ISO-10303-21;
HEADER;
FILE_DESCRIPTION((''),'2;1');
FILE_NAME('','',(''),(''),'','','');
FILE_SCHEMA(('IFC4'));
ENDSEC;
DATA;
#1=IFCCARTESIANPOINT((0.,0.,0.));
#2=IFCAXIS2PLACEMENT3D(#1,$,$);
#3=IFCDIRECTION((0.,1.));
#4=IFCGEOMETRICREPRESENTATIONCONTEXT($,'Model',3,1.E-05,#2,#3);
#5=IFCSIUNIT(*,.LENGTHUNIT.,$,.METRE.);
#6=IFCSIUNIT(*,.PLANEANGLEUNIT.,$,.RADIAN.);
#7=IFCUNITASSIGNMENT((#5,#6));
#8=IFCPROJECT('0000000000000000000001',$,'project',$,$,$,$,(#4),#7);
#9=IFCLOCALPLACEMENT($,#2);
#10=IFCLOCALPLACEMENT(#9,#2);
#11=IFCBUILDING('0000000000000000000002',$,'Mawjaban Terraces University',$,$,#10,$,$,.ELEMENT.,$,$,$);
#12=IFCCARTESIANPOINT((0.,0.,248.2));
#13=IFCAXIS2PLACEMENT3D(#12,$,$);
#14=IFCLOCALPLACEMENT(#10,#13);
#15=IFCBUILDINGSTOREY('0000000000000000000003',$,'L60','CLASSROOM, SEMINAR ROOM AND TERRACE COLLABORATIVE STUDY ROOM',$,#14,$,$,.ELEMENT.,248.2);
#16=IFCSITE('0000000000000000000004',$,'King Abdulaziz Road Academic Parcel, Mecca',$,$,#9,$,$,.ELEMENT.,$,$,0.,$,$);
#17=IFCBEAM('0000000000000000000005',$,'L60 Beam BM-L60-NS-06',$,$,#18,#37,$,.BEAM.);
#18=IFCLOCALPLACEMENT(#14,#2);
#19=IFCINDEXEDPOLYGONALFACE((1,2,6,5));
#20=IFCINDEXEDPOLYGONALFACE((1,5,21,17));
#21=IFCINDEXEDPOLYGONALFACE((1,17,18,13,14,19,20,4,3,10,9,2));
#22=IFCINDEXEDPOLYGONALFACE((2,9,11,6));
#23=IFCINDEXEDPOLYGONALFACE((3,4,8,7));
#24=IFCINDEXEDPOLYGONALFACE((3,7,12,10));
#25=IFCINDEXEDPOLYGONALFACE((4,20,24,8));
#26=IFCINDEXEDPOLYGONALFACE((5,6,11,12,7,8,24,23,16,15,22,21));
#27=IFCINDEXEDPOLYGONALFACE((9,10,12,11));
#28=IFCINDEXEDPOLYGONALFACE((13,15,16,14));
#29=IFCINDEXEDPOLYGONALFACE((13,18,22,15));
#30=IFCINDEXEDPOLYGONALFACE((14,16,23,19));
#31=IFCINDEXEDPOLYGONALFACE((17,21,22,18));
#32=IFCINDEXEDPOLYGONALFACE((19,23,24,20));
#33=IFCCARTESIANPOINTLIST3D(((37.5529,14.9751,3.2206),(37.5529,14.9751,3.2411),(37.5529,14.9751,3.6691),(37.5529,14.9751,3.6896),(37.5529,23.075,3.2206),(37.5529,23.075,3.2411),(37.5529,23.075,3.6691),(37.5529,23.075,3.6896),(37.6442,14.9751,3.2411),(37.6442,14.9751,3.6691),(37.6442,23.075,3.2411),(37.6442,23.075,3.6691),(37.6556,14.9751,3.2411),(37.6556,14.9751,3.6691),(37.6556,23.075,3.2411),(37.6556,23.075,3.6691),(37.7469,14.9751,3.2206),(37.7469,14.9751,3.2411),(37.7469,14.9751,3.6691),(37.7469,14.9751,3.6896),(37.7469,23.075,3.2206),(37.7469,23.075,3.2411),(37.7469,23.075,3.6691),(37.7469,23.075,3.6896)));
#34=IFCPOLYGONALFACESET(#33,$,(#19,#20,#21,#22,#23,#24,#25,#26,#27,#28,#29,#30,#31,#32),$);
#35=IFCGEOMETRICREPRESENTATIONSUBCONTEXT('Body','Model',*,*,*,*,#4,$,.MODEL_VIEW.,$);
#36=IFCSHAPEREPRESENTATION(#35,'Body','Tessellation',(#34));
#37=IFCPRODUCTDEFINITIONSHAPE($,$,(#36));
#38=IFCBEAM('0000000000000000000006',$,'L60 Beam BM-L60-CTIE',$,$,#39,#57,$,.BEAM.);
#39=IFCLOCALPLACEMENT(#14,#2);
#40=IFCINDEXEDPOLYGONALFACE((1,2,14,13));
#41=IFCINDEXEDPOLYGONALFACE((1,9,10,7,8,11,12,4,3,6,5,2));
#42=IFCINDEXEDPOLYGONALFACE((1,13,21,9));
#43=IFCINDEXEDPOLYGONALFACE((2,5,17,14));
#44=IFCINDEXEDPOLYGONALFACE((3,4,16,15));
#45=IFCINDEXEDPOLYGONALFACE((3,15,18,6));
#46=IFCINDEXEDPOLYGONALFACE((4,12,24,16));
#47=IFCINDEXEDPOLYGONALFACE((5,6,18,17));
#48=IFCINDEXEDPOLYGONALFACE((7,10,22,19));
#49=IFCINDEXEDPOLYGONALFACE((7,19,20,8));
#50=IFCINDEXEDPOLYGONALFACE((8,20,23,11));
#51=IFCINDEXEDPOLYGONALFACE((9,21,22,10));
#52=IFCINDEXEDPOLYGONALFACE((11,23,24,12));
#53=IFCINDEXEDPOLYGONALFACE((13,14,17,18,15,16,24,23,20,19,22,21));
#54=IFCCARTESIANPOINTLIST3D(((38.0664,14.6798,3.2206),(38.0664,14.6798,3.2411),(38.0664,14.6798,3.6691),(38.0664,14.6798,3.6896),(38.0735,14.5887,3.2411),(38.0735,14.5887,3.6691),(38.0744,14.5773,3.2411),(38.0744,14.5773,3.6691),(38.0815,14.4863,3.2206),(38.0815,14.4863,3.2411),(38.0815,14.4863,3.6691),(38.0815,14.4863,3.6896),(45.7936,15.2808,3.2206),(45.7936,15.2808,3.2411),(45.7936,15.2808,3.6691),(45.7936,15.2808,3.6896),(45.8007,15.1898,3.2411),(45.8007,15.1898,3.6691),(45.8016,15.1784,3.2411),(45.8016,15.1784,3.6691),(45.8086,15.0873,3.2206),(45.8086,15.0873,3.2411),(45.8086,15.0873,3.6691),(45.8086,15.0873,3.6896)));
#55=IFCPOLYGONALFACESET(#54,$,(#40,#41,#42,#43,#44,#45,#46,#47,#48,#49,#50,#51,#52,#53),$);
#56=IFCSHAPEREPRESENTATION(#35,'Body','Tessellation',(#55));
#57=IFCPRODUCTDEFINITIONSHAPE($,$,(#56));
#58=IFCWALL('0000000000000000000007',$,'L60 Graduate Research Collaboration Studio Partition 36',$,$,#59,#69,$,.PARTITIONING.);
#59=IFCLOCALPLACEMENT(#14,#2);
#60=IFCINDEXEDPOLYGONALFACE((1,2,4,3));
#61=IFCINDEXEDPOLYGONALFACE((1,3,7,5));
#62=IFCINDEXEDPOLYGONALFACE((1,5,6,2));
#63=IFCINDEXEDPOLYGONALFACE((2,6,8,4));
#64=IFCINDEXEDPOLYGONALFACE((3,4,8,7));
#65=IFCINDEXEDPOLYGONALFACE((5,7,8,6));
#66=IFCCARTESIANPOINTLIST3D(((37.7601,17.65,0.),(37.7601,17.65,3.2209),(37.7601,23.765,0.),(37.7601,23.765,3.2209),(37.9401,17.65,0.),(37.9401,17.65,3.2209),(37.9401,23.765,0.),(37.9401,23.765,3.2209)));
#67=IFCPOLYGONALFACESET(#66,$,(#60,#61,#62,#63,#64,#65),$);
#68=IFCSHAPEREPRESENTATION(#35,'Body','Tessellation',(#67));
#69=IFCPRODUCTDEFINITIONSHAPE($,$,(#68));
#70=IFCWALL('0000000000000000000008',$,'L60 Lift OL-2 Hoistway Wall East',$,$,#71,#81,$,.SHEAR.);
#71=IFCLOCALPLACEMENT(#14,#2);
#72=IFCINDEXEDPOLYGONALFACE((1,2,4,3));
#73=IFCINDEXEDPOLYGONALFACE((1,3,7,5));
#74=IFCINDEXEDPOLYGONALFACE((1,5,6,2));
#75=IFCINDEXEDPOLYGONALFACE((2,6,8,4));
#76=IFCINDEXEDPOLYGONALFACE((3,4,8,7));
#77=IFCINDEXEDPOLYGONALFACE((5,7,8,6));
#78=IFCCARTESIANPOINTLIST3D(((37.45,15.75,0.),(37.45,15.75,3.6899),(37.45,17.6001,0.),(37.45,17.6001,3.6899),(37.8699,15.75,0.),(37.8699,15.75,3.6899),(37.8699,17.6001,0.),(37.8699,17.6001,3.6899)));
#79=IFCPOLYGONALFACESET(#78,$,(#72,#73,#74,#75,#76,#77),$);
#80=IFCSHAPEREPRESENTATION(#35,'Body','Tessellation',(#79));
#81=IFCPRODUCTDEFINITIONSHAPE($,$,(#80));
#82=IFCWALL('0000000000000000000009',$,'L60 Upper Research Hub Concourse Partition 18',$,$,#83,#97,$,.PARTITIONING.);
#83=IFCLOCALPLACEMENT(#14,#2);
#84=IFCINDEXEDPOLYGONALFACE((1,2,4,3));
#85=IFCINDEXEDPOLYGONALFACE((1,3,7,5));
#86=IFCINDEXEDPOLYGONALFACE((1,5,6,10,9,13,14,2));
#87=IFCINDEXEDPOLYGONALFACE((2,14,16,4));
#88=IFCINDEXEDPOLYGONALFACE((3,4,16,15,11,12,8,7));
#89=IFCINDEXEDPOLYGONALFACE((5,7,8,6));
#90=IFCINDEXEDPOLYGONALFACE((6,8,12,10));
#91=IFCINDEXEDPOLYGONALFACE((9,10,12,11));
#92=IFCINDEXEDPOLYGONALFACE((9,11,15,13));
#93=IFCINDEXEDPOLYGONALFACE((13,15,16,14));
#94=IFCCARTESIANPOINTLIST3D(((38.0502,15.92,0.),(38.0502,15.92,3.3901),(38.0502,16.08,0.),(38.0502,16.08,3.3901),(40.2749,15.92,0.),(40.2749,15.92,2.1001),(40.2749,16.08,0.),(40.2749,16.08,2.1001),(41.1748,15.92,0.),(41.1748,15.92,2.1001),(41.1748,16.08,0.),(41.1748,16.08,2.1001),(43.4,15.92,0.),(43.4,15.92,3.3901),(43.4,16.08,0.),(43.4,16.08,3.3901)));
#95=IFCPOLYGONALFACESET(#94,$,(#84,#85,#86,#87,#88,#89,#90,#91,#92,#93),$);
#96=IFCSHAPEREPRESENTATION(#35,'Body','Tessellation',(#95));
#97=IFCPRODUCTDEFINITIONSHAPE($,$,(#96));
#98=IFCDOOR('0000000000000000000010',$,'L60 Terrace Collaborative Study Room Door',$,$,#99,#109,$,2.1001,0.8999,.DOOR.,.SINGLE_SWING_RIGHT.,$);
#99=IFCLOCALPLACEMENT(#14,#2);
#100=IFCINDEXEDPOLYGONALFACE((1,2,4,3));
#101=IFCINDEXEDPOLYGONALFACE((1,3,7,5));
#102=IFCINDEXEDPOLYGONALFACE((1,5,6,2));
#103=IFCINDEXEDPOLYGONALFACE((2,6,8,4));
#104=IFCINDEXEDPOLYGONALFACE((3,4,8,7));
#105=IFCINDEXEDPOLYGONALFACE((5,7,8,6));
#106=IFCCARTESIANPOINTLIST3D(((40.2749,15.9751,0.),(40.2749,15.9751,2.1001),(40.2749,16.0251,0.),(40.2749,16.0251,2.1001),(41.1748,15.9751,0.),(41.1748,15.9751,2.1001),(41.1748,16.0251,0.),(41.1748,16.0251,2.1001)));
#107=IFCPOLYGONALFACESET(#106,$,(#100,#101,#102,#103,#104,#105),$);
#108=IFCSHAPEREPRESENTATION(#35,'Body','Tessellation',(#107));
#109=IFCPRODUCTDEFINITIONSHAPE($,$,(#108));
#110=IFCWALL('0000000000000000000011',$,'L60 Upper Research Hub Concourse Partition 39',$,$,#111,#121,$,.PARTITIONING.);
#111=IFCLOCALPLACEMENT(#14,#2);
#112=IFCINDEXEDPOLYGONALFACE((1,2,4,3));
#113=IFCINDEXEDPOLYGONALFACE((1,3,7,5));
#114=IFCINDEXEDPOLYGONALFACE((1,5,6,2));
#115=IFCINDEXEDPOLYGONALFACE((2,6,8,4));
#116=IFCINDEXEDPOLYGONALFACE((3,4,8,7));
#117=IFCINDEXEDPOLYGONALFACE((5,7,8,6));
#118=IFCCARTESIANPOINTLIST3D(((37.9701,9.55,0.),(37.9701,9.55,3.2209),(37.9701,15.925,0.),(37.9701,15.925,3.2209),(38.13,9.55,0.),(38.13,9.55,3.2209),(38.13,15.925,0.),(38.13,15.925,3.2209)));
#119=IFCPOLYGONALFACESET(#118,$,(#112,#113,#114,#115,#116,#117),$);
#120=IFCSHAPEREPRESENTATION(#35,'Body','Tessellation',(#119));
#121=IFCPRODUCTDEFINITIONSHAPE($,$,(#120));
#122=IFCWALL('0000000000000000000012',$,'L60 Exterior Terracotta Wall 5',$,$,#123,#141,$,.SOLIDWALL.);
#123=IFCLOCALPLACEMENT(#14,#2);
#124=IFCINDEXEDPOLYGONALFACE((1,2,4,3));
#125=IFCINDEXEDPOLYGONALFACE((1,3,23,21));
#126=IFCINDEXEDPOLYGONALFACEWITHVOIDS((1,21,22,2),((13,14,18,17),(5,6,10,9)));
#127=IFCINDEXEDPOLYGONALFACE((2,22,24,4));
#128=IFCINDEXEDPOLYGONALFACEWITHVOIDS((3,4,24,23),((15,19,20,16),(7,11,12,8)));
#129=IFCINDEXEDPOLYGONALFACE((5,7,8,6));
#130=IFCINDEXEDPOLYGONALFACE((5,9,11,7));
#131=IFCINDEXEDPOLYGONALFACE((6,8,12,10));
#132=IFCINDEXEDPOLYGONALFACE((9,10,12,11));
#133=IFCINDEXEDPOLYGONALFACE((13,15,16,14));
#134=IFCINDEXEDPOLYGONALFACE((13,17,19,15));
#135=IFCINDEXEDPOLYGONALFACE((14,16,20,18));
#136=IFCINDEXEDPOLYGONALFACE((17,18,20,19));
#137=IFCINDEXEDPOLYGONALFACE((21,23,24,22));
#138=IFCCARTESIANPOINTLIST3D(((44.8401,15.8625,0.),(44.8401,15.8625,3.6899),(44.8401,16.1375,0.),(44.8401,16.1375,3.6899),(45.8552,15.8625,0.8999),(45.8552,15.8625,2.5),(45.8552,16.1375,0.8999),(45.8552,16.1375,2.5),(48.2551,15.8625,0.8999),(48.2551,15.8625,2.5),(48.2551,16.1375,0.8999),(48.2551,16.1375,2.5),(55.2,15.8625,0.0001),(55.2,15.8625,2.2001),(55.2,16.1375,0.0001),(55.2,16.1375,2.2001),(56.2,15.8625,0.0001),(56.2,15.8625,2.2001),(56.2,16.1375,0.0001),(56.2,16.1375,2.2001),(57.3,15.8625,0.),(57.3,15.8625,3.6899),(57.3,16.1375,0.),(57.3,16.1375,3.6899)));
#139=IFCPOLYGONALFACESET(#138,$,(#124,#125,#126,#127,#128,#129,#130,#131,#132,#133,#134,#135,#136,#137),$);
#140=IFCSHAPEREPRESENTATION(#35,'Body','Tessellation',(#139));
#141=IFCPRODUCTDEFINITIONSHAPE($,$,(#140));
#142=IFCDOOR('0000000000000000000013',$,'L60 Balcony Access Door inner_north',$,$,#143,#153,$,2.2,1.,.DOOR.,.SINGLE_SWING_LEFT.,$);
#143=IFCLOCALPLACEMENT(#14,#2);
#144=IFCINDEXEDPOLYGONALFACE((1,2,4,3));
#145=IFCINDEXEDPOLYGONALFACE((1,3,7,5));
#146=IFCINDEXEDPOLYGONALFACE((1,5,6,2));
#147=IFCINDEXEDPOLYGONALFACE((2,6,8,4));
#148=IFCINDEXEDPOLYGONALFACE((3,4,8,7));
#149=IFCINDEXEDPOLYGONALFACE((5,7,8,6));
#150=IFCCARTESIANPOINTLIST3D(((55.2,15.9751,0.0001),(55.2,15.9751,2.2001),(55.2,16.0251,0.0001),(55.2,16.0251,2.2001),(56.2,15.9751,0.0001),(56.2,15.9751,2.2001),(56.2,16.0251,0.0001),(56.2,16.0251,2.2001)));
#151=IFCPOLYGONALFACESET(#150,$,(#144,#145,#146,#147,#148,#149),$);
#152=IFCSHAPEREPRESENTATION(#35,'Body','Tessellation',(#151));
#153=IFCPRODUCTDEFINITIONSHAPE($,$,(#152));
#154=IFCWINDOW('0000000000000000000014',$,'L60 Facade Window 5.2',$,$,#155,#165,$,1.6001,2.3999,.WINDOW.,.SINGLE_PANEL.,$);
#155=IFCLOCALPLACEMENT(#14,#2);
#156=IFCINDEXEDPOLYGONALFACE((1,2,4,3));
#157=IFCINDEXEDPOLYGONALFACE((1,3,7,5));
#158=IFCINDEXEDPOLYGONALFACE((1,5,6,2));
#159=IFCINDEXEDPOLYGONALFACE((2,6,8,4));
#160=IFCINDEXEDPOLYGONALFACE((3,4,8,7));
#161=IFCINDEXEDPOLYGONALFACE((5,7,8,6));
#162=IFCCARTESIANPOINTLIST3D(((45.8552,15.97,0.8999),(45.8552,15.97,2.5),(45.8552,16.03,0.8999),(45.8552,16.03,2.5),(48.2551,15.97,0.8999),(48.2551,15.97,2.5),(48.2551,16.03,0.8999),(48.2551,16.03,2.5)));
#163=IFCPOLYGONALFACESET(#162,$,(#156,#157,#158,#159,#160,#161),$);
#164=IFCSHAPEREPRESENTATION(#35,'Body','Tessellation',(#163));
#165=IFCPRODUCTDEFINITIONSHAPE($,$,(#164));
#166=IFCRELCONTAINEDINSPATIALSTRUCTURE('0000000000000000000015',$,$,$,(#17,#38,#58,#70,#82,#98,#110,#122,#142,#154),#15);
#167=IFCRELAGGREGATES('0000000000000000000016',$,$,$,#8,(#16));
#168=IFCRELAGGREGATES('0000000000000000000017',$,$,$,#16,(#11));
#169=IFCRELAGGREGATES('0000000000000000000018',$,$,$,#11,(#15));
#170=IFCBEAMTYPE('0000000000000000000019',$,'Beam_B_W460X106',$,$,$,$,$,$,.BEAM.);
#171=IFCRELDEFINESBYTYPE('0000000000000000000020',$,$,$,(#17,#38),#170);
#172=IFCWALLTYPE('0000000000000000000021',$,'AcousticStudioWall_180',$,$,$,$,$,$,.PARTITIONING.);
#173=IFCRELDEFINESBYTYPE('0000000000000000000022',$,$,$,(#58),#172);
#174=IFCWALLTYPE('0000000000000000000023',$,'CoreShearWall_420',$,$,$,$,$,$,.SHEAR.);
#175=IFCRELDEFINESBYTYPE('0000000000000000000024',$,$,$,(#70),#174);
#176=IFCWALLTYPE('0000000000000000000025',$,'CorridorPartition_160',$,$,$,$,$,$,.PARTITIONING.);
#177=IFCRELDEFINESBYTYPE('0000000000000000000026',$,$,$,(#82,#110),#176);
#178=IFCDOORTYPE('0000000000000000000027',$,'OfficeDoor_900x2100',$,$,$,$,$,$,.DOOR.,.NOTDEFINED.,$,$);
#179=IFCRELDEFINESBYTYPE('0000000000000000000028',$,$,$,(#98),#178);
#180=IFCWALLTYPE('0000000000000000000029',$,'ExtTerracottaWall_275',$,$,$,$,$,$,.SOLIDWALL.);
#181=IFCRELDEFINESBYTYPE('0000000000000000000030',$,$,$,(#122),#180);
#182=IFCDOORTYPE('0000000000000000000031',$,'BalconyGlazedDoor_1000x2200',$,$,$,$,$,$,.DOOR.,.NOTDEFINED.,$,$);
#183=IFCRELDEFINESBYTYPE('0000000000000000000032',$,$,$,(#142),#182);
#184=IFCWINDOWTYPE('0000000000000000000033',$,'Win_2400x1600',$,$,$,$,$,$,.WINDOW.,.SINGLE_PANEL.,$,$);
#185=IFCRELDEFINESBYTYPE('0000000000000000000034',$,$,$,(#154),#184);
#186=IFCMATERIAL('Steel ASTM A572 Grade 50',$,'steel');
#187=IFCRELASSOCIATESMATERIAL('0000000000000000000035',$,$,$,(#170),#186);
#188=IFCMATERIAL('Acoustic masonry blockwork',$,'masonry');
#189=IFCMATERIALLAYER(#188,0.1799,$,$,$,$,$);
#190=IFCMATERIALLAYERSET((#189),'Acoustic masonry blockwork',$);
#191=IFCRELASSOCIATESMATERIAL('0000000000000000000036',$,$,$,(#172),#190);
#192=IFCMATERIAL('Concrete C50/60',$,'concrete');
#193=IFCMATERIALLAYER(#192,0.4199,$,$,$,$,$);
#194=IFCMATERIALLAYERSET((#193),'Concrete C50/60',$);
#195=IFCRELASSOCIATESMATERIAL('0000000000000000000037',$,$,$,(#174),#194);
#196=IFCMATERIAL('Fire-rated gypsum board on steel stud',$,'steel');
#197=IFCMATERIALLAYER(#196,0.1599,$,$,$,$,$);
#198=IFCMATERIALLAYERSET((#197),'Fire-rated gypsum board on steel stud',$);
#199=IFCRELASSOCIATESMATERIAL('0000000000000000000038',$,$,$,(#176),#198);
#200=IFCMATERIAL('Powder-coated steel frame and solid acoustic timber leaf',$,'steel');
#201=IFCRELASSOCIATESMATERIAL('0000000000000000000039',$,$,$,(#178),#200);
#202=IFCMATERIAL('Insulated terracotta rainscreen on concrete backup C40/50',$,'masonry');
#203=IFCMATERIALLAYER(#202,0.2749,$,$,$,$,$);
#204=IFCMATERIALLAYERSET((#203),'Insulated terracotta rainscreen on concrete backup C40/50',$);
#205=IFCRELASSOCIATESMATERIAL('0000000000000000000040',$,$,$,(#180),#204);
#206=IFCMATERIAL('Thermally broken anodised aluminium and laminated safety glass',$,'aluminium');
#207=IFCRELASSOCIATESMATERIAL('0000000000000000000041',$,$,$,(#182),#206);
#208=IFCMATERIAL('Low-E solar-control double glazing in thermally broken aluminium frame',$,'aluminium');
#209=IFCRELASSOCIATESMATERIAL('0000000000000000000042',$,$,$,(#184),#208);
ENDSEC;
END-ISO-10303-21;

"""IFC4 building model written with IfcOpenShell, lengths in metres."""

from ifc_helpers import new_model, si_unit, direction, frame, frame_2d, origin, origin_2d, place, context, subcontext, project, spatial, rectangle, i_section, extrude, material, layer, layer_set, material_profile, profile_set, type_object, element, fill, save


model = new_model("IFC4")

# Units and contexts
model_context = context("Model", 3, precision=1e-05, world=origin(), true_north=direction((0.0, 1.0)))
body_context = subcontext(model_context, "Body", "Model", "MODEL_VIEW")
ifc_project = project(units=[si_unit("LENGTHUNIT", "METRE"), si_unit("PLANEANGLEUNIT", "RADIAN")], contexts=[model_context])

# Site, building, storey
site_placement = place(None, origin())
site = spatial("IfcSite", under=ifc_project, at=site_placement, Name="King Abdulaziz Road Academic Parcel, Mecca", CompositionType="ELEMENT", RefElevation=0.0)
building_placement = place(site_placement, origin())
building = spatial("IfcBuilding", under=site, at=building_placement, Name="Mawjaban Terraces University", CompositionType="ELEMENT")
storey_placement = place(building_placement, frame((0.0, 0.0, 248.2)))
storey = spatial("IfcBuildingStorey", under=building, at=storey_placement, Name="L60", Description="CLASSROOM, SEMINAR ROOM AND TERRACE COLLABORATIVE STUDY ROOM", CompositionType="ELEMENT", Elevation=248.2)

# Beams
ifc_material_1 = material(Name="Steel ASTM A572 Grade 50", Category="steel")
ifc_material_profile_1 = material_profile(ifc_material_1, i_section(OverallWidth=0.1941, OverallDepth=0.469, WebThickness=0.0115, FlangeThickness=0.0205, at=origin_2d()), Name="W460X106")
ifc_profile_set_1 = profile_set([ifc_material_profile_1], Name="Steel ASTM A572 Grade 50")
beam_type_1 = type_object("IfcBeamType", Name="Beam_B_W460X106", PredefinedType="BEAM", material=ifc_profile_set_1)
beam_1_placement = place(storey_placement, frame((37.6499, 14.9751, 3.4551), z_axis=(0.0, 1.0, 0.0), x_axis=(-1.0, 0.0, 0.0)))
element("IfcBeam", 1, at=beam_1_placement, inside=storey, type_object=beam_type_1, Name="L60 Beam BM-L60-NS-06", PredefinedType="BEAM", context=body_context, shape_type="SweptSolid", body=[
    extrude(i_section(OverallWidth=0.1941, OverallDepth=0.469, WebThickness=0.0115, FlangeThickness=0.0205, at=origin_2d()), origin(), (0.0, 0.0, 1.0), 8.0999),
])
beam_2_placement = place(storey_placement, frame((38.074, 14.583, 3.4551), z_axis=(0.996988, 0.077554, 0.0), x_axis=(-0.077554, 0.996988, 0.0)))
element("IfcBeam", 2, at=beam_2_placement, inside=storey, type_object=beam_type_1, Name="L60 Beam BM-L60-CTIE", PredefinedType="BEAM", context=body_context, shape_type="SweptSolid", body=[
    extrude(i_section(OverallWidth=0.1941, OverallDepth=0.469, WebThickness=0.0115, FlangeThickness=0.0205, at=origin_2d()), origin(), (0.0, 0.0, 1.0), 7.7505),
])

# Walls
ifc_material_2 = material(Name="Acoustic masonry blockwork", Category="masonry")
ifc_layer_1 = layer(ifc_material_2, 0.1799)
ifc_layer_set_1 = layer_set([ifc_layer_1], Name="Acoustic masonry blockwork")
wall_type_1 = type_object("IfcWallType", Name="AcousticStudioWall_180", PredefinedType="PARTITIONING", material=ifc_layer_set_1)
wall_1_placement = place(storey_placement, frame((37.8501, 17.6499, 0.0), z_axis=(0.0, 0.0, 1.0), x_axis=(0.0, 1.0, 0.0)))
element("IfcWall", 3, at=wall_1_placement, inside=storey, type_object=wall_type_1, Name="L60 Graduate Research Collaboration Studio Partition 36", PredefinedType="PARTITIONING", context=body_context, shape_type="SweptSolid", body=[
    extrude(rectangle(XDim=6.115, YDim=0.1799, at=frame_2d((3.0576, 0.0))), origin(), (0.0, 0.0, 1.0), 3.2209),
])
ifc_material_3 = material(Name="Concrete C50/60", Category="concrete")
ifc_layer_2 = layer(ifc_material_3, 0.4199)
ifc_layer_set_2 = layer_set([ifc_layer_2], Name="Concrete C50/60")
wall_type_2 = type_object("IfcWallType", Name="CoreShearWall_420", PredefinedType="SHEAR", material=ifc_layer_set_2)
wall_2_placement = place(storey_placement, frame((37.6599, 15.75, 0.0), z_axis=(0.0, 0.0, 1.0), x_axis=(0.0, 1.0, 0.0)))
element("IfcWall", 4, at=wall_2_placement, inside=storey, type_object=wall_type_2, Name="L60 Lift OL-2 Hoistway Wall East", PredefinedType="SHEAR", context=body_context, shape_type="SweptSolid", body=[
    extrude(rectangle(XDim=1.8501, YDim=0.4199, at=frame_2d((0.925, 0.0))), origin(), (0.0, 0.0, 1.0), 3.6899),
])

# Wall, opening, door
ifc_material_4 = material(Name="Fire-rated gypsum board on steel stud", Category="steel")
ifc_layer_3 = layer(ifc_material_4, 0.1599)
ifc_layer_set_3 = layer_set([ifc_layer_3], Name="Fire-rated gypsum board on steel stud")
wall_type_3 = type_object("IfcWallType", Name="CorridorPartition_160", PredefinedType="PARTITIONING", material=ifc_layer_set_3)
wall_3_placement = place(storey_placement, frame((43.3999, 16.0, 0.0), z_axis=(0.0, 0.0, 1.0), x_axis=(-1.0, 0.0, 0.0)))
wall_3 = element("IfcWall", 5, at=wall_3_placement, inside=storey, type_object=wall_type_3, Name="L60 Upper Research Hub Concourse Partition 18", PredefinedType="PARTITIONING", context=body_context, shape_type="SweptSolid", body=[
    extrude(rectangle(XDim=5.3499, YDim=0.1599, at=frame_2d((2.6748, 0.0))), origin(), (0.0, 0.0, 1.0), 3.3901),
])
opening_1_placement = place(wall_3_placement, frame((2.2251, 0.0, 0.0)))
opening_1 = element("IfcOpeningElement", 6, at=opening_1_placement, cuts=wall_3, PredefinedType="OPENING", context=body_context, shape_type="SweptSolid", body=[
    extrude(rectangle(XDim=0.8999, YDim=2.1001, at=frame_2d((0.45, 1.05))), frame((0.0, 0.0898, 0.0), z_axis=(0.0, -1.0, 0.0), x_axis=(1.0, 0.0, 0.0)), (0.0, 0.0, 1.0), 0.1799),
])
ifc_material_5 = material(Name="Powder-coated steel frame and solid acoustic timber leaf", Category="steel")
door_type_1 = type_object("IfcDoorType", Name="OfficeDoor_900x2100", OperationType="NOTDEFINED", PredefinedType="DOOR", material=ifc_material_5)
door_1_placement = place(opening_1_placement, origin())
door_1 = element("IfcDoor", 7, at=door_1_placement, inside=storey, type_object=door_type_1, Name="L60 Terrace Collaborative Study Room Door", OperationType="SINGLE_SWING_RIGHT", OverallHeight=2.1001, OverallWidth=0.8999, PredefinedType="DOOR", context=body_context, shape_type="SweptSolid", body=[
    extrude(rectangle(XDim=0.8999, YDim=2.1001, at=frame_2d((0.45, 1.05))), frame((0.0, 0.0249, 0.0), z_axis=(0.0, -1.0, 0.0), x_axis=(1.0, 0.0, 0.0)), (0.0, 0.0, 1.0), 0.05),
])
fill(opening_1, door_1)

# Wall
wall_4_placement = place(storey_placement, frame((38.05, 15.925, 0.0), z_axis=(0.0, 0.0, 1.0), x_axis=(0.0, -1.0, 0.0)))
element("IfcWall", 8, at=wall_4_placement, inside=storey, type_object=wall_type_3, Name="L60 Upper Research Hub Concourse Partition 39", PredefinedType="PARTITIONING", context=body_context, shape_type="SweptSolid", body=[
    extrude(rectangle(XDim=6.375, YDim=0.1599, at=frame_2d((3.1875, 0.0))), origin(), (0.0, 0.0, 1.0), 3.2209),
])

# Wall, openings, door, window
ifc_material_6 = material(Name="Insulated terracotta rainscreen on concrete backup C40/50", Category="masonry")
ifc_layer_4 = layer(ifc_material_6, 0.2749)
ifc_layer_set_4 = layer_set([ifc_layer_4], Name="Insulated terracotta rainscreen on concrete backup C40/50")
wall_type_4 = type_object("IfcWallType", Name="ExtTerracottaWall_275", PredefinedType="SOLIDWALL", material=ifc_layer_set_4)
wall_5_placement = place(storey_placement, frame((57.3, 16.0, 0.0), z_axis=(0.0, 0.0, 1.0), x_axis=(-1.0, 0.0, 0.0)))
wall_5 = element("IfcWall", 9, at=wall_5_placement, inside=storey, type_object=wall_type_4, Name="L60 Exterior Terracotta Wall 5", PredefinedType="SOLIDWALL", context=body_context, shape_type="SweptSolid", body=[
    extrude(rectangle(XDim=12.46, YDim=0.2749, at=frame_2d((6.23, 0.0))), origin(), (0.0, 0.0, 1.0), 3.6899),
])
opening_2_placement = place(wall_5_placement, frame((1.1001, 0.0, 0.0)))
opening_2 = element("IfcOpeningElement", 10, at=opening_2_placement, cuts=wall_5, PredefinedType="OPENING", context=body_context, shape_type="SweptSolid", body=[
    extrude(rectangle(XDim=1.0, YDim=2.2, at=frame_2d((0.5, 1.1001))), frame((0.0, 0.1475, 0.0), z_axis=(0.0, -1.0, 0.0), x_axis=(1.0, 0.0, 0.0)), (0.0, 0.0, 1.0), 0.2949),
])
opening_3_placement = place(wall_5_placement, frame((9.0449, 0.0, 0.8999)))
opening_3 = element("IfcOpeningElement", 11, at=opening_3_placement, cuts=wall_5, PredefinedType="OPENING", context=body_context, shape_type="SweptSolid", body=[
    extrude(rectangle(XDim=2.3999, YDim=1.6001, at=frame_2d((1.2, 0.8))), frame((0.0, 0.1475, 0.0), z_axis=(0.0, -1.0, 0.0), x_axis=(1.0, 0.0, 0.0)), (0.0, 0.0, 1.0), 0.2949),
])
ifc_material_7 = material(Name="Thermally broken anodised aluminium and laminated safety glass", Category="aluminium")
door_type_2 = type_object("IfcDoorType", Name="BalconyGlazedDoor_1000x2200", OperationType="NOTDEFINED", PredefinedType="DOOR", material=ifc_material_7)
door_2_placement = place(opening_2_placement, origin())
door_2 = element("IfcDoor", 12, at=door_2_placement, inside=storey, type_object=door_type_2, Name="L60 Balcony Access Door inner_north", OperationType="SINGLE_SWING_LEFT", OverallHeight=2.2, OverallWidth=1.0, PredefinedType="DOOR", context=body_context, shape_type="SweptSolid", body=[
    extrude(rectangle(XDim=1.0, YDim=2.2, at=frame_2d((0.5, 1.1001))), frame((0.0, 0.0249, 0.0), z_axis=(0.0, -1.0, 0.0), x_axis=(1.0, 0.0, 0.0)), (0.0, 0.0, 1.0), 0.05),
])
fill(opening_2, door_2)
ifc_material_8 = material(Name="Low-E solar-control double glazing in thermally broken aluminium frame", Category="aluminium")
window_type = type_object("IfcWindowType", Name="Win_2400x1600", PartitioningType="SINGLE_PANEL", PredefinedType="WINDOW", material=ifc_material_8)
window_placement = place(opening_3_placement, origin())
window = element("IfcWindow", 13, at=window_placement, inside=storey, type_object=window_type, Name="L60 Facade Window 5.2", OverallHeight=1.6001, OverallWidth=2.3999, PartitioningType="SINGLE_PANEL", PredefinedType="WINDOW", context=body_context, shape_type="SweptSolid", body=[
    extrude(rectangle(XDim=2.3999, YDim=1.6001, at=frame_2d((1.2, 0.8))), frame((0.0, 0.03, 0.0), z_axis=(0.0, -1.0, 0.0), x_axis=(1.0, 0.0, 0.0)), (0.0, 0.0, 1.0), 0.0601),
])
fill(opening_3, window)

save(model, "model.ifc")
